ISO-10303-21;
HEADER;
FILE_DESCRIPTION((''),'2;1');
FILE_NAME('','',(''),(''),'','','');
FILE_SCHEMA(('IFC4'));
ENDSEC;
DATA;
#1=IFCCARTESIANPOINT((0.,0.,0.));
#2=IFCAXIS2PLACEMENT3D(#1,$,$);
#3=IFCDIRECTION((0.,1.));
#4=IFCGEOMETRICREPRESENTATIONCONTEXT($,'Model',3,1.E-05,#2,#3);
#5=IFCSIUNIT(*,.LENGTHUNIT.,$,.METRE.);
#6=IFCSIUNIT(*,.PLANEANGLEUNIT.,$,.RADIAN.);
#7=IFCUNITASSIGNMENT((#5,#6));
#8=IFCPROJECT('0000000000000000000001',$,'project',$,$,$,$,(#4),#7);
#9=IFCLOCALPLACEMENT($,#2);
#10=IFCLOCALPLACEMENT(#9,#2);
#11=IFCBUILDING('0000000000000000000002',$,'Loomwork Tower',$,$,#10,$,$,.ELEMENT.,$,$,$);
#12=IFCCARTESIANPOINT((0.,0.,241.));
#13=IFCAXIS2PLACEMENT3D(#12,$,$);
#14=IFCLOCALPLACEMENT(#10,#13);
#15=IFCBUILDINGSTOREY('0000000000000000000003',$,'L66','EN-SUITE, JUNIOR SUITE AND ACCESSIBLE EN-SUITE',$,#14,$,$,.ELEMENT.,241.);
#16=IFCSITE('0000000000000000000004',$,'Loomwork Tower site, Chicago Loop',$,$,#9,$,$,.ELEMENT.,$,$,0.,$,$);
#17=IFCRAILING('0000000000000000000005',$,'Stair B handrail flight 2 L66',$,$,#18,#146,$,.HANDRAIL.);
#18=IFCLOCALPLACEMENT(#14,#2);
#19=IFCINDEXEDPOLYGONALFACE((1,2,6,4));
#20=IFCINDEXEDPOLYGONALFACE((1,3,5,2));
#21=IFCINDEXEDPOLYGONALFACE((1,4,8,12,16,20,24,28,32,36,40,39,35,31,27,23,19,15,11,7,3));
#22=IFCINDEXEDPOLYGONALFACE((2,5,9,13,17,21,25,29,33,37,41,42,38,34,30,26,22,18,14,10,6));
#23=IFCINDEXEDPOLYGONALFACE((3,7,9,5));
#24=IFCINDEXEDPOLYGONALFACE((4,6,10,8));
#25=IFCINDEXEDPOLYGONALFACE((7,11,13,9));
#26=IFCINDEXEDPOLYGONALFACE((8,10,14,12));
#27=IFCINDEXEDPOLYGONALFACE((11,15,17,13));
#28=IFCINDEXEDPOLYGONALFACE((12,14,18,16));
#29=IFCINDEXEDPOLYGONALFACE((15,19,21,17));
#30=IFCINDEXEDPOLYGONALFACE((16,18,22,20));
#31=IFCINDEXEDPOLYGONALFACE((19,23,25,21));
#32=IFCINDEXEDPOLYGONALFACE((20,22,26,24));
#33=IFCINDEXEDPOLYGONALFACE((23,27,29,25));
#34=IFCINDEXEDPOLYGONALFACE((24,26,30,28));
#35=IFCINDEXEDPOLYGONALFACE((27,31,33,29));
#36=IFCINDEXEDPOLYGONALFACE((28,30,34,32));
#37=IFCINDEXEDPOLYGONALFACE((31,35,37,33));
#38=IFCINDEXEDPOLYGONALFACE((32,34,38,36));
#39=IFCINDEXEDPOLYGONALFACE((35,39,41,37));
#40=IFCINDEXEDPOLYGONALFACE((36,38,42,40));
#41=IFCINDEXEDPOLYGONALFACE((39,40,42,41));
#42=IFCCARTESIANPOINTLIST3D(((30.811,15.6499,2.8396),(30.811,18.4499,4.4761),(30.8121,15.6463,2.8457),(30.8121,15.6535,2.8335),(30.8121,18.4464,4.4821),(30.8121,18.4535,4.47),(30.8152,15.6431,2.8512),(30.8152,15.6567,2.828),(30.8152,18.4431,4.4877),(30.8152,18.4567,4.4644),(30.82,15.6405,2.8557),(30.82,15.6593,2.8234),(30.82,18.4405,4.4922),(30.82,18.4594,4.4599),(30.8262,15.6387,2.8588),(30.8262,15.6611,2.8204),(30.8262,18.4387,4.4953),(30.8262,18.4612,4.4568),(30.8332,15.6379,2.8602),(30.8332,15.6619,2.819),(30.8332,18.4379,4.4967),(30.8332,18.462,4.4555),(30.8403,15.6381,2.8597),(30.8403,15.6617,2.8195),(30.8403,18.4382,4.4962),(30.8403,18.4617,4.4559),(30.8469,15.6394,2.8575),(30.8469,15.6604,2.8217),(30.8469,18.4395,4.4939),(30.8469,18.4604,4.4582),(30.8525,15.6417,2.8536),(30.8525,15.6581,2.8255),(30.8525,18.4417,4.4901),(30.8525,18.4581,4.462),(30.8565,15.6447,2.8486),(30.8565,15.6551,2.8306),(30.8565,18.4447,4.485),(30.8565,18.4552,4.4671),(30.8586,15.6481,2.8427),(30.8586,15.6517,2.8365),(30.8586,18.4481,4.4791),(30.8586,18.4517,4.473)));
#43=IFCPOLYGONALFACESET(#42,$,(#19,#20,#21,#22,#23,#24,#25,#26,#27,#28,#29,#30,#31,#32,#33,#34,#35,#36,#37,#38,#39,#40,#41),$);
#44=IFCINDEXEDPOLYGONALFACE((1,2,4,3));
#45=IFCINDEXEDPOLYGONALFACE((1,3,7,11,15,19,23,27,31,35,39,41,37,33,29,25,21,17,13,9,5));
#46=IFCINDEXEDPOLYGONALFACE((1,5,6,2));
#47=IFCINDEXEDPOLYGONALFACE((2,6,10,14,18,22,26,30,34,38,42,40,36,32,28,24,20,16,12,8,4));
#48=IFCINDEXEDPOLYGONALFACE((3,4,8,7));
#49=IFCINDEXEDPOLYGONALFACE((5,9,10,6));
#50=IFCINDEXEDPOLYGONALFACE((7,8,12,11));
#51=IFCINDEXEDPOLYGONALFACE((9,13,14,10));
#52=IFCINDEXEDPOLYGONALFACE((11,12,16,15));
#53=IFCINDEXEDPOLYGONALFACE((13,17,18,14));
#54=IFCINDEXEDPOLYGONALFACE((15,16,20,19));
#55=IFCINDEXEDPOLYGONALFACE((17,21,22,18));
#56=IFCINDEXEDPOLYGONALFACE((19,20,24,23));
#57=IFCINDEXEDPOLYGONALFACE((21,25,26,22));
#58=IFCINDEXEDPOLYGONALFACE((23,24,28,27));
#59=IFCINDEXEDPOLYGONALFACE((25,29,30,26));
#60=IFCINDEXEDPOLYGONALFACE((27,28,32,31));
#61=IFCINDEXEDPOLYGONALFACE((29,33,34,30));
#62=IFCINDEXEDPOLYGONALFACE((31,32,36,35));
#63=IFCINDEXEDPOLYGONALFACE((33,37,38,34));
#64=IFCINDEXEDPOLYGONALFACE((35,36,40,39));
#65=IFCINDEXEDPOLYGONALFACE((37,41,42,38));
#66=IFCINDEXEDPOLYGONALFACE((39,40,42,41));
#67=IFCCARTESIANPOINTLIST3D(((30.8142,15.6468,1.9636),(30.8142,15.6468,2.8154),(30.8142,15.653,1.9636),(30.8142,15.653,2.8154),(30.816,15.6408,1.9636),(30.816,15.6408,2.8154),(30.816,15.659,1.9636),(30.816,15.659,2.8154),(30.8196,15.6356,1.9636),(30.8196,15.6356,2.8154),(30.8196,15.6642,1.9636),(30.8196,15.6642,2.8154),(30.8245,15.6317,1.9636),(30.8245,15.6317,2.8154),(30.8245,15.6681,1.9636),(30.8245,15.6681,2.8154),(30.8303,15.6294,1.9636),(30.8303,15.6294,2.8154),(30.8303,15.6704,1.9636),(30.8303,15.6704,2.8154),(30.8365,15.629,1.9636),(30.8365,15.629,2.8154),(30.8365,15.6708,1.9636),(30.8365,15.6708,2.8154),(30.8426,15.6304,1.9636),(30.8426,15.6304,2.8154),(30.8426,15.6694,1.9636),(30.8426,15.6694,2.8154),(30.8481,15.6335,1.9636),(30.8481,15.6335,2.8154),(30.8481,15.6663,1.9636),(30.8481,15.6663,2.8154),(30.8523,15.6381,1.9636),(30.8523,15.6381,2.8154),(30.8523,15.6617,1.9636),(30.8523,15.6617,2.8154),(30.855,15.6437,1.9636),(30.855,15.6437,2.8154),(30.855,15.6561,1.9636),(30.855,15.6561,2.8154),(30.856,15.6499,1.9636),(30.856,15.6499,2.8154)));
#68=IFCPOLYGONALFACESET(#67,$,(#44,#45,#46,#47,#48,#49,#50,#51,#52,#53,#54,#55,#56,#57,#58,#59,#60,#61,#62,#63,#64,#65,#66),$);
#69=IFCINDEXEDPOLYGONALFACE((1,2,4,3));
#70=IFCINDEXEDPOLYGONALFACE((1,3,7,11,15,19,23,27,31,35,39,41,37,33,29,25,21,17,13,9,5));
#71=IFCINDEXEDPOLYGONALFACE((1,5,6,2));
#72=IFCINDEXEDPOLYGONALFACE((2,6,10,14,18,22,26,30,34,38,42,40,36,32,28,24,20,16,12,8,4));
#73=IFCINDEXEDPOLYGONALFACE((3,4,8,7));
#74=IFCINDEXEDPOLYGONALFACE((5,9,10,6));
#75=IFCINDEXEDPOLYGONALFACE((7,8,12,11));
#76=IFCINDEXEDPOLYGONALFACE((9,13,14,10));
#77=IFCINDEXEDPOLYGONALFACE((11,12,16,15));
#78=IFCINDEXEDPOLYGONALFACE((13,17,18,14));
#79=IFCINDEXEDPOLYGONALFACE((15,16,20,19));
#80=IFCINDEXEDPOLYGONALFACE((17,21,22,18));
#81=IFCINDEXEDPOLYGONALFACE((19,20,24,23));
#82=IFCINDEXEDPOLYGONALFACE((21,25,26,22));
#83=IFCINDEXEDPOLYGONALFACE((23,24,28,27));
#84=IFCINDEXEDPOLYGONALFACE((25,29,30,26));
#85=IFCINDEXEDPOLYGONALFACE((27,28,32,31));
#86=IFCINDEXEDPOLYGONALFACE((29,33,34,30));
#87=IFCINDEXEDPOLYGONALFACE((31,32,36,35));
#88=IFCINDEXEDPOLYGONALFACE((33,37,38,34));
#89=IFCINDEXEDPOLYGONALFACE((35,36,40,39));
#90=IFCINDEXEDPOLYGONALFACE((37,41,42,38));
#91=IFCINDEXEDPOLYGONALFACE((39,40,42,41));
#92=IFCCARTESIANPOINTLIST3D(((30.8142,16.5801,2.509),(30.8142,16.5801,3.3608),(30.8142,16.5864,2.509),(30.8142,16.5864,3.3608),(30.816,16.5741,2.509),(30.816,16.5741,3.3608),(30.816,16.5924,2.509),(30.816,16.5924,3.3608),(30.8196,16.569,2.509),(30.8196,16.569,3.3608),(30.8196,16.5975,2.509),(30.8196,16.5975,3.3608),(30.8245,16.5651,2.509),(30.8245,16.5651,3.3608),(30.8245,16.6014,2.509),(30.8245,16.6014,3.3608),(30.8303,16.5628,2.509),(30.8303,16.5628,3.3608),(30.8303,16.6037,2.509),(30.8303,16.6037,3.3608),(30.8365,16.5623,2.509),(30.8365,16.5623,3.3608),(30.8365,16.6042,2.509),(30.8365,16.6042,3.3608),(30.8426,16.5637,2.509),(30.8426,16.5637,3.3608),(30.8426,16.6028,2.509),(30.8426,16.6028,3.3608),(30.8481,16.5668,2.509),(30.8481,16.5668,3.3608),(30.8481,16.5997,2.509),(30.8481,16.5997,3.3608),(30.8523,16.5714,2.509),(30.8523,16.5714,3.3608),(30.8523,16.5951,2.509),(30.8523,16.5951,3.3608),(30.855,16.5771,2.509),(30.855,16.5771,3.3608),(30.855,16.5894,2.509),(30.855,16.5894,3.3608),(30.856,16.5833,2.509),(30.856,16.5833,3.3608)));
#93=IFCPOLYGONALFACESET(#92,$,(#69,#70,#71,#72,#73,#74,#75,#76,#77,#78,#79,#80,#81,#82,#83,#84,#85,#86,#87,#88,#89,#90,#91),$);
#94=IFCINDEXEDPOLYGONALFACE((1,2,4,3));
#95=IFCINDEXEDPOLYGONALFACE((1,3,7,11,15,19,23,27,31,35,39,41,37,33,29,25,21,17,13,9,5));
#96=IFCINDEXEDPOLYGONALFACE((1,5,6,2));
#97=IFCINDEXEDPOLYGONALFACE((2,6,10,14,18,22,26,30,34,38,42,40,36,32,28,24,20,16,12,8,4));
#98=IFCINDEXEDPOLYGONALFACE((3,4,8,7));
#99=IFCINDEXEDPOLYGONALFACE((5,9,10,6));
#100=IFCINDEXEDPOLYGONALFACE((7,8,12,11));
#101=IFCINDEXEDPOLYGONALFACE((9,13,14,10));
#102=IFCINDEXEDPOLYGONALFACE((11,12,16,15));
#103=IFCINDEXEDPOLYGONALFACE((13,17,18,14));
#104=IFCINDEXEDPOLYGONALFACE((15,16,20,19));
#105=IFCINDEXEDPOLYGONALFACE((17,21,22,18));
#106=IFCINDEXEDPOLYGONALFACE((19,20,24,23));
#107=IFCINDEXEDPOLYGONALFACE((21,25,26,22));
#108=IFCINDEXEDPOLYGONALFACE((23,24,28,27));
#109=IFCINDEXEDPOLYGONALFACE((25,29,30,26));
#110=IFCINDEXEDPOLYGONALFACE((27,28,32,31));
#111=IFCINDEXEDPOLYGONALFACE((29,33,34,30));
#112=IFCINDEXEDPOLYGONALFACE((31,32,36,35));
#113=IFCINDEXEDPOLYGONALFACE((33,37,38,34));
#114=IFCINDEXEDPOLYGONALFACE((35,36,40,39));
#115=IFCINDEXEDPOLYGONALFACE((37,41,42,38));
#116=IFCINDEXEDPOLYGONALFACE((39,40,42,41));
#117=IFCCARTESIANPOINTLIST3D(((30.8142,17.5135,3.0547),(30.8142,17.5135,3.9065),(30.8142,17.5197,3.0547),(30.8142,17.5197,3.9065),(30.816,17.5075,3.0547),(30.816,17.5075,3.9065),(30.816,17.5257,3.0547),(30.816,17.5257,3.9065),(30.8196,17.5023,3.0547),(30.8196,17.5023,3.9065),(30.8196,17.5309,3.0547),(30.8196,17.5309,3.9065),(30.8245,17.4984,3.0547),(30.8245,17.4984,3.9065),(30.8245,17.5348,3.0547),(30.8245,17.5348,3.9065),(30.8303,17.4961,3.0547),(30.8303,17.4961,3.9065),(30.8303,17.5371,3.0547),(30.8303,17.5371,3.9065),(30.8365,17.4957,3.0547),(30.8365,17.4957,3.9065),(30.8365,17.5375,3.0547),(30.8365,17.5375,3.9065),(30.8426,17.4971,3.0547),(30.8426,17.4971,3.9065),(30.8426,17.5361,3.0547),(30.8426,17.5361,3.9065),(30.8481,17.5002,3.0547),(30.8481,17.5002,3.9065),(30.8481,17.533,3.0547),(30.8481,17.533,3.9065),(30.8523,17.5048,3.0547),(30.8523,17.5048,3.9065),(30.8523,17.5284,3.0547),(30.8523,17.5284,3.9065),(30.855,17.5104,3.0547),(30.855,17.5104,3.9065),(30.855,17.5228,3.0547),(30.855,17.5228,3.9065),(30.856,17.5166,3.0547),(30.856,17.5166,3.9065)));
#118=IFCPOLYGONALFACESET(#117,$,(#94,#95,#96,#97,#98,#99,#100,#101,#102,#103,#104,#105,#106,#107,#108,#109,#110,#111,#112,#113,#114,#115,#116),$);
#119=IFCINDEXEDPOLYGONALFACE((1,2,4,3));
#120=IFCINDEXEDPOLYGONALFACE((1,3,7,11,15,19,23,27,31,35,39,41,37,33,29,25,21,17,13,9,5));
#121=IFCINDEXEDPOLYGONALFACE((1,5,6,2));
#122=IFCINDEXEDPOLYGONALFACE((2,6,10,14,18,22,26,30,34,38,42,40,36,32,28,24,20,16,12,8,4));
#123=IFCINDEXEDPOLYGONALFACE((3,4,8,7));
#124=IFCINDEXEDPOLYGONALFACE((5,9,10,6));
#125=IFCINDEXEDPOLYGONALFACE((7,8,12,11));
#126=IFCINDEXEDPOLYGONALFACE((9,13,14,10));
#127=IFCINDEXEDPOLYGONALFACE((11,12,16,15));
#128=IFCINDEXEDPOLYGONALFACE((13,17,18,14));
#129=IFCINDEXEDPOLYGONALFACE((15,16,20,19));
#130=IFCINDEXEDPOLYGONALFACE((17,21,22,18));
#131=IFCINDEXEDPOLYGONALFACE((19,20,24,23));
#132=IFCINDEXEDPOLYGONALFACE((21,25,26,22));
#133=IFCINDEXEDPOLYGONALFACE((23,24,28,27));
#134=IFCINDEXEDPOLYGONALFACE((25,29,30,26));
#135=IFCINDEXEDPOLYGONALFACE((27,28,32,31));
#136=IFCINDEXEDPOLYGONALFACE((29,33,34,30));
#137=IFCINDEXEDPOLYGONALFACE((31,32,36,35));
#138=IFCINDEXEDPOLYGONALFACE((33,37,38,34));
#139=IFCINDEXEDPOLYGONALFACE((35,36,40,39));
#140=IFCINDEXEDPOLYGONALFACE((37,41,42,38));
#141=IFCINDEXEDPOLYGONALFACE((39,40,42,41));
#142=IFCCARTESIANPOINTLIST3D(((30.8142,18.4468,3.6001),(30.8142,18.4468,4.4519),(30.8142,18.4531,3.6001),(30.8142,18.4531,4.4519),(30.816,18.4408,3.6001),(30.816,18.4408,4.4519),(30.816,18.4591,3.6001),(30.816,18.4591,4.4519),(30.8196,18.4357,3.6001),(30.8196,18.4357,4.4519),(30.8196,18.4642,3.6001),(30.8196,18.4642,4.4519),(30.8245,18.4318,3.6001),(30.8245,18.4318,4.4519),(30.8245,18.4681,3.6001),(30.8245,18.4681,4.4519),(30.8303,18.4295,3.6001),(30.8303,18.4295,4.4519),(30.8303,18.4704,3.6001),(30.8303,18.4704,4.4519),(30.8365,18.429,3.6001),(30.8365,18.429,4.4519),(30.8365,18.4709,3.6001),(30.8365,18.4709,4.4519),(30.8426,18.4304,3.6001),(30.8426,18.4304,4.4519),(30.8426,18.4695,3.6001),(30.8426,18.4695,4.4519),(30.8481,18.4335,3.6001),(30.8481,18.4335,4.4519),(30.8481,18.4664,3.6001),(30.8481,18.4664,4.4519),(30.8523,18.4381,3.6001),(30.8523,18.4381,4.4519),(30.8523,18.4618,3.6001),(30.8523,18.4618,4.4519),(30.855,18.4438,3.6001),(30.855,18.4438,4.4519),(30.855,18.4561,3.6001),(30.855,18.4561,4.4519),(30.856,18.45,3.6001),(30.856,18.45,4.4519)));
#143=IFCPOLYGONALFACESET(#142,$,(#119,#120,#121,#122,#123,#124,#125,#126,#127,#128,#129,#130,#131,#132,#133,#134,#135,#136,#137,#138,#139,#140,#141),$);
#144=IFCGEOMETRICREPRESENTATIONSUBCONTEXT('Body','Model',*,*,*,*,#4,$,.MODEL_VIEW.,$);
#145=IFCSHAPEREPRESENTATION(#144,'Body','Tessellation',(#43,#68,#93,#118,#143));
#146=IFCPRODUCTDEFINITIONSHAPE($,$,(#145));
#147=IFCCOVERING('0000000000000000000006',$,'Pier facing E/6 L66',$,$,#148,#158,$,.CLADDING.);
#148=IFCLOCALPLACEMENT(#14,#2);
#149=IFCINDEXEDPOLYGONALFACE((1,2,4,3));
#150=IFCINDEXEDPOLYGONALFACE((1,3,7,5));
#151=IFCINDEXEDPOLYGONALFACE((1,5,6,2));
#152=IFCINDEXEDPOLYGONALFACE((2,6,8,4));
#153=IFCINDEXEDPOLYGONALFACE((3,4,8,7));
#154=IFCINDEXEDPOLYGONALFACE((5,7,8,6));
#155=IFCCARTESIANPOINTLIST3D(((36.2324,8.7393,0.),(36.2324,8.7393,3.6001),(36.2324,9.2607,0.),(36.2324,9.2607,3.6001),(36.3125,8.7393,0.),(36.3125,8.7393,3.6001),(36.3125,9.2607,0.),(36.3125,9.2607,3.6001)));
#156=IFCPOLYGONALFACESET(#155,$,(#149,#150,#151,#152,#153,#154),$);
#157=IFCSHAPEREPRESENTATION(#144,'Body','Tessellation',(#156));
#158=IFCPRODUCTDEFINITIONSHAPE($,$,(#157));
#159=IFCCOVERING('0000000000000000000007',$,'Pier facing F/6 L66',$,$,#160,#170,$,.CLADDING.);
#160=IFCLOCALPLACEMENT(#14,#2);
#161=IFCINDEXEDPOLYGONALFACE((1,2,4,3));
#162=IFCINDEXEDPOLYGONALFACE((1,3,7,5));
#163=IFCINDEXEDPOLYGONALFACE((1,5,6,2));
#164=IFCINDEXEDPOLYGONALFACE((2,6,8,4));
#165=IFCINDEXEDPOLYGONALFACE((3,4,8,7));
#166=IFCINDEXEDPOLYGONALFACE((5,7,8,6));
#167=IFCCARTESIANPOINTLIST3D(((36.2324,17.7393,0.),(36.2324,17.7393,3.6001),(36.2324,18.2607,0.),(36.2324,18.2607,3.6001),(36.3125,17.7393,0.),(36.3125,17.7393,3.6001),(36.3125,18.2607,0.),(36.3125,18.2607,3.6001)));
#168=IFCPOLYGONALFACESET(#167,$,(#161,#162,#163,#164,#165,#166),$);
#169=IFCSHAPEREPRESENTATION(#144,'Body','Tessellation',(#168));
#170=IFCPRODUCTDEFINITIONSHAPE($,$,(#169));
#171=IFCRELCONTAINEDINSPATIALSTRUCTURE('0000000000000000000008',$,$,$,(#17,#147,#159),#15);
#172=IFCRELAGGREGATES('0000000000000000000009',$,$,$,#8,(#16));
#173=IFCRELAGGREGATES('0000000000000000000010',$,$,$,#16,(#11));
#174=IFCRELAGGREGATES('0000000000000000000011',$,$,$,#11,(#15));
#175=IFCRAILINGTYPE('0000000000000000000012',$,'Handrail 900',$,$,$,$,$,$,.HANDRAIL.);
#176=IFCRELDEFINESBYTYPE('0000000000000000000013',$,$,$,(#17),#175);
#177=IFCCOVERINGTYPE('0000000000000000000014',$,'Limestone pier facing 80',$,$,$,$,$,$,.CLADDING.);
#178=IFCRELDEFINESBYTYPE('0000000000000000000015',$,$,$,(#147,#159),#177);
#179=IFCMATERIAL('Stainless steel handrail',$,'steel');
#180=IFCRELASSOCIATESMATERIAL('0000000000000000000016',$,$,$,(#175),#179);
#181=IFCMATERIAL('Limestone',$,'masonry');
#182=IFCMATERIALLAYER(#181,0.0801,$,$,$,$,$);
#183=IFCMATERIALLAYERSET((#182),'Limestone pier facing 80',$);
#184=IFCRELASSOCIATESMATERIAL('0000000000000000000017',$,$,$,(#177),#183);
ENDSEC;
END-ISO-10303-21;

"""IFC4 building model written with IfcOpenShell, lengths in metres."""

from ifc_helpers import new_model, si_unit, direction, frame, origin, origin_2d, place, context, subcontext, project, spatial, rectangle, circle, extrude, material, layer, layer_set, type_object, element, save


model = new_model("IFC4")

# Units and contexts
model_context = context("Model", 3, precision=1e-05, world=origin(), true_north=direction((0.0, 1.0)))
body_context = subcontext(model_context, "Body", "Model", "MODEL_VIEW")
ifc_project = project(units=[si_unit("LENGTHUNIT", "METRE"), si_unit("PLANEANGLEUNIT", "RADIAN")], contexts=[model_context])

# Site, building, storey
site_placement = place(None, origin())
site = spatial("IfcSite", under=ifc_project, at=site_placement, Name="Loomwork Tower site, Chicago Loop", CompositionType="ELEMENT", RefElevation=0.0)
building_placement = place(site_placement, origin())
building = spatial("IfcBuilding", under=site, at=building_placement, Name="Loomwork Tower", CompositionType="ELEMENT")
storey_placement = place(building_placement, frame((0.0, 0.0, 241.0)))
storey = spatial("IfcBuildingStorey", under=building, at=storey_placement, Name="L66", Description="EN-SUITE, JUNIOR SUITE AND ACCESSIBLE EN-SUITE", CompositionType="ELEMENT", Elevation=241.0)

# Railing
ifc_material_1 = material(Name="Stainless steel handrail", Category="steel")
railing_type = type_object("IfcRailingType", Name="Handrail 900", PredefinedType="HANDRAIL", material=ifc_material_1)
railing_placement = place(storey_placement, frame((30.835, 15.6499, 1.9636)))
element("IfcRailing", 1, at=railing_placement, inside=storey, type_object=railing_type, Name="Stair B handrail flight 2 L66", PredefinedType="HANDRAIL", context=body_context, shape_type="SweptSolid", body=[
    extrude(circle(Radius=0.0239, at=origin_2d()), frame((0.0, 0.0, 0.876), z_axis=(0.0, 0.863361, 0.504587), x_axis=(-1.0, 0.0, 0.0)), (0.0, 0.0, 1.0), 3.2432),
    extrude(circle(Radius=0.021, at=origin_2d()), origin(), (0.0, 0.0, 1.0), 0.8518),
    extrude(circle(Radius=0.021, at=origin_2d()), frame((0.0, 0.9333, 0.5454)), (0.0, 0.0, 1.0), 0.8518),
    extrude(circle(Radius=0.021, at=origin_2d()), frame((0.0, 1.8667, 1.0911)), (0.0, 0.0, 1.0), 0.8518),
    extrude(circle(Radius=0.021, at=origin_2d()), frame((0.0, 2.8, 1.6365)), (0.0, 0.0, 1.0), 0.8518),
])

# Coverings
ifc_material_2 = material(Name="Limestone", Category="masonry")
ifc_layer_1 = layer(ifc_material_2, 0.0801)
ifc_layer_set_1 = layer_set([ifc_layer_1], Name="Limestone pier facing 80")
covering_type = type_object("IfcCoveringType", Name="Limestone pier facing 80", PredefinedType="CLADDING", material=ifc_layer_set_1)
for number, where, z_axis, x_axis, name in (
    (2, (36.2725, 9.0, 0.0), (0.0, 0.0, 1.0), (1.0, 0.0, 0.0), "Pier facing E/6 L66"),
    (3, (36.2725, 18.0, 0.0), (0.0, 0.0, 1.0), (1.0, 0.0, 0.0), "Pier facing F/6 L66"),
):
    element("IfcCovering", number, at=place(storey_placement, frame(where, z_axis=z_axis, x_axis=x_axis)), inside=storey, type_object=covering_type, Name=name, PredefinedType="CLADDING", context=body_context, shape_type="SweptSolid", body=[
        extrude(rectangle(XDim=0.0801, YDim=0.5215, at=origin_2d()), origin(), (0.0, 0.0, 1.0), 3.6001),
    ])

save(model, "model.ifc")
